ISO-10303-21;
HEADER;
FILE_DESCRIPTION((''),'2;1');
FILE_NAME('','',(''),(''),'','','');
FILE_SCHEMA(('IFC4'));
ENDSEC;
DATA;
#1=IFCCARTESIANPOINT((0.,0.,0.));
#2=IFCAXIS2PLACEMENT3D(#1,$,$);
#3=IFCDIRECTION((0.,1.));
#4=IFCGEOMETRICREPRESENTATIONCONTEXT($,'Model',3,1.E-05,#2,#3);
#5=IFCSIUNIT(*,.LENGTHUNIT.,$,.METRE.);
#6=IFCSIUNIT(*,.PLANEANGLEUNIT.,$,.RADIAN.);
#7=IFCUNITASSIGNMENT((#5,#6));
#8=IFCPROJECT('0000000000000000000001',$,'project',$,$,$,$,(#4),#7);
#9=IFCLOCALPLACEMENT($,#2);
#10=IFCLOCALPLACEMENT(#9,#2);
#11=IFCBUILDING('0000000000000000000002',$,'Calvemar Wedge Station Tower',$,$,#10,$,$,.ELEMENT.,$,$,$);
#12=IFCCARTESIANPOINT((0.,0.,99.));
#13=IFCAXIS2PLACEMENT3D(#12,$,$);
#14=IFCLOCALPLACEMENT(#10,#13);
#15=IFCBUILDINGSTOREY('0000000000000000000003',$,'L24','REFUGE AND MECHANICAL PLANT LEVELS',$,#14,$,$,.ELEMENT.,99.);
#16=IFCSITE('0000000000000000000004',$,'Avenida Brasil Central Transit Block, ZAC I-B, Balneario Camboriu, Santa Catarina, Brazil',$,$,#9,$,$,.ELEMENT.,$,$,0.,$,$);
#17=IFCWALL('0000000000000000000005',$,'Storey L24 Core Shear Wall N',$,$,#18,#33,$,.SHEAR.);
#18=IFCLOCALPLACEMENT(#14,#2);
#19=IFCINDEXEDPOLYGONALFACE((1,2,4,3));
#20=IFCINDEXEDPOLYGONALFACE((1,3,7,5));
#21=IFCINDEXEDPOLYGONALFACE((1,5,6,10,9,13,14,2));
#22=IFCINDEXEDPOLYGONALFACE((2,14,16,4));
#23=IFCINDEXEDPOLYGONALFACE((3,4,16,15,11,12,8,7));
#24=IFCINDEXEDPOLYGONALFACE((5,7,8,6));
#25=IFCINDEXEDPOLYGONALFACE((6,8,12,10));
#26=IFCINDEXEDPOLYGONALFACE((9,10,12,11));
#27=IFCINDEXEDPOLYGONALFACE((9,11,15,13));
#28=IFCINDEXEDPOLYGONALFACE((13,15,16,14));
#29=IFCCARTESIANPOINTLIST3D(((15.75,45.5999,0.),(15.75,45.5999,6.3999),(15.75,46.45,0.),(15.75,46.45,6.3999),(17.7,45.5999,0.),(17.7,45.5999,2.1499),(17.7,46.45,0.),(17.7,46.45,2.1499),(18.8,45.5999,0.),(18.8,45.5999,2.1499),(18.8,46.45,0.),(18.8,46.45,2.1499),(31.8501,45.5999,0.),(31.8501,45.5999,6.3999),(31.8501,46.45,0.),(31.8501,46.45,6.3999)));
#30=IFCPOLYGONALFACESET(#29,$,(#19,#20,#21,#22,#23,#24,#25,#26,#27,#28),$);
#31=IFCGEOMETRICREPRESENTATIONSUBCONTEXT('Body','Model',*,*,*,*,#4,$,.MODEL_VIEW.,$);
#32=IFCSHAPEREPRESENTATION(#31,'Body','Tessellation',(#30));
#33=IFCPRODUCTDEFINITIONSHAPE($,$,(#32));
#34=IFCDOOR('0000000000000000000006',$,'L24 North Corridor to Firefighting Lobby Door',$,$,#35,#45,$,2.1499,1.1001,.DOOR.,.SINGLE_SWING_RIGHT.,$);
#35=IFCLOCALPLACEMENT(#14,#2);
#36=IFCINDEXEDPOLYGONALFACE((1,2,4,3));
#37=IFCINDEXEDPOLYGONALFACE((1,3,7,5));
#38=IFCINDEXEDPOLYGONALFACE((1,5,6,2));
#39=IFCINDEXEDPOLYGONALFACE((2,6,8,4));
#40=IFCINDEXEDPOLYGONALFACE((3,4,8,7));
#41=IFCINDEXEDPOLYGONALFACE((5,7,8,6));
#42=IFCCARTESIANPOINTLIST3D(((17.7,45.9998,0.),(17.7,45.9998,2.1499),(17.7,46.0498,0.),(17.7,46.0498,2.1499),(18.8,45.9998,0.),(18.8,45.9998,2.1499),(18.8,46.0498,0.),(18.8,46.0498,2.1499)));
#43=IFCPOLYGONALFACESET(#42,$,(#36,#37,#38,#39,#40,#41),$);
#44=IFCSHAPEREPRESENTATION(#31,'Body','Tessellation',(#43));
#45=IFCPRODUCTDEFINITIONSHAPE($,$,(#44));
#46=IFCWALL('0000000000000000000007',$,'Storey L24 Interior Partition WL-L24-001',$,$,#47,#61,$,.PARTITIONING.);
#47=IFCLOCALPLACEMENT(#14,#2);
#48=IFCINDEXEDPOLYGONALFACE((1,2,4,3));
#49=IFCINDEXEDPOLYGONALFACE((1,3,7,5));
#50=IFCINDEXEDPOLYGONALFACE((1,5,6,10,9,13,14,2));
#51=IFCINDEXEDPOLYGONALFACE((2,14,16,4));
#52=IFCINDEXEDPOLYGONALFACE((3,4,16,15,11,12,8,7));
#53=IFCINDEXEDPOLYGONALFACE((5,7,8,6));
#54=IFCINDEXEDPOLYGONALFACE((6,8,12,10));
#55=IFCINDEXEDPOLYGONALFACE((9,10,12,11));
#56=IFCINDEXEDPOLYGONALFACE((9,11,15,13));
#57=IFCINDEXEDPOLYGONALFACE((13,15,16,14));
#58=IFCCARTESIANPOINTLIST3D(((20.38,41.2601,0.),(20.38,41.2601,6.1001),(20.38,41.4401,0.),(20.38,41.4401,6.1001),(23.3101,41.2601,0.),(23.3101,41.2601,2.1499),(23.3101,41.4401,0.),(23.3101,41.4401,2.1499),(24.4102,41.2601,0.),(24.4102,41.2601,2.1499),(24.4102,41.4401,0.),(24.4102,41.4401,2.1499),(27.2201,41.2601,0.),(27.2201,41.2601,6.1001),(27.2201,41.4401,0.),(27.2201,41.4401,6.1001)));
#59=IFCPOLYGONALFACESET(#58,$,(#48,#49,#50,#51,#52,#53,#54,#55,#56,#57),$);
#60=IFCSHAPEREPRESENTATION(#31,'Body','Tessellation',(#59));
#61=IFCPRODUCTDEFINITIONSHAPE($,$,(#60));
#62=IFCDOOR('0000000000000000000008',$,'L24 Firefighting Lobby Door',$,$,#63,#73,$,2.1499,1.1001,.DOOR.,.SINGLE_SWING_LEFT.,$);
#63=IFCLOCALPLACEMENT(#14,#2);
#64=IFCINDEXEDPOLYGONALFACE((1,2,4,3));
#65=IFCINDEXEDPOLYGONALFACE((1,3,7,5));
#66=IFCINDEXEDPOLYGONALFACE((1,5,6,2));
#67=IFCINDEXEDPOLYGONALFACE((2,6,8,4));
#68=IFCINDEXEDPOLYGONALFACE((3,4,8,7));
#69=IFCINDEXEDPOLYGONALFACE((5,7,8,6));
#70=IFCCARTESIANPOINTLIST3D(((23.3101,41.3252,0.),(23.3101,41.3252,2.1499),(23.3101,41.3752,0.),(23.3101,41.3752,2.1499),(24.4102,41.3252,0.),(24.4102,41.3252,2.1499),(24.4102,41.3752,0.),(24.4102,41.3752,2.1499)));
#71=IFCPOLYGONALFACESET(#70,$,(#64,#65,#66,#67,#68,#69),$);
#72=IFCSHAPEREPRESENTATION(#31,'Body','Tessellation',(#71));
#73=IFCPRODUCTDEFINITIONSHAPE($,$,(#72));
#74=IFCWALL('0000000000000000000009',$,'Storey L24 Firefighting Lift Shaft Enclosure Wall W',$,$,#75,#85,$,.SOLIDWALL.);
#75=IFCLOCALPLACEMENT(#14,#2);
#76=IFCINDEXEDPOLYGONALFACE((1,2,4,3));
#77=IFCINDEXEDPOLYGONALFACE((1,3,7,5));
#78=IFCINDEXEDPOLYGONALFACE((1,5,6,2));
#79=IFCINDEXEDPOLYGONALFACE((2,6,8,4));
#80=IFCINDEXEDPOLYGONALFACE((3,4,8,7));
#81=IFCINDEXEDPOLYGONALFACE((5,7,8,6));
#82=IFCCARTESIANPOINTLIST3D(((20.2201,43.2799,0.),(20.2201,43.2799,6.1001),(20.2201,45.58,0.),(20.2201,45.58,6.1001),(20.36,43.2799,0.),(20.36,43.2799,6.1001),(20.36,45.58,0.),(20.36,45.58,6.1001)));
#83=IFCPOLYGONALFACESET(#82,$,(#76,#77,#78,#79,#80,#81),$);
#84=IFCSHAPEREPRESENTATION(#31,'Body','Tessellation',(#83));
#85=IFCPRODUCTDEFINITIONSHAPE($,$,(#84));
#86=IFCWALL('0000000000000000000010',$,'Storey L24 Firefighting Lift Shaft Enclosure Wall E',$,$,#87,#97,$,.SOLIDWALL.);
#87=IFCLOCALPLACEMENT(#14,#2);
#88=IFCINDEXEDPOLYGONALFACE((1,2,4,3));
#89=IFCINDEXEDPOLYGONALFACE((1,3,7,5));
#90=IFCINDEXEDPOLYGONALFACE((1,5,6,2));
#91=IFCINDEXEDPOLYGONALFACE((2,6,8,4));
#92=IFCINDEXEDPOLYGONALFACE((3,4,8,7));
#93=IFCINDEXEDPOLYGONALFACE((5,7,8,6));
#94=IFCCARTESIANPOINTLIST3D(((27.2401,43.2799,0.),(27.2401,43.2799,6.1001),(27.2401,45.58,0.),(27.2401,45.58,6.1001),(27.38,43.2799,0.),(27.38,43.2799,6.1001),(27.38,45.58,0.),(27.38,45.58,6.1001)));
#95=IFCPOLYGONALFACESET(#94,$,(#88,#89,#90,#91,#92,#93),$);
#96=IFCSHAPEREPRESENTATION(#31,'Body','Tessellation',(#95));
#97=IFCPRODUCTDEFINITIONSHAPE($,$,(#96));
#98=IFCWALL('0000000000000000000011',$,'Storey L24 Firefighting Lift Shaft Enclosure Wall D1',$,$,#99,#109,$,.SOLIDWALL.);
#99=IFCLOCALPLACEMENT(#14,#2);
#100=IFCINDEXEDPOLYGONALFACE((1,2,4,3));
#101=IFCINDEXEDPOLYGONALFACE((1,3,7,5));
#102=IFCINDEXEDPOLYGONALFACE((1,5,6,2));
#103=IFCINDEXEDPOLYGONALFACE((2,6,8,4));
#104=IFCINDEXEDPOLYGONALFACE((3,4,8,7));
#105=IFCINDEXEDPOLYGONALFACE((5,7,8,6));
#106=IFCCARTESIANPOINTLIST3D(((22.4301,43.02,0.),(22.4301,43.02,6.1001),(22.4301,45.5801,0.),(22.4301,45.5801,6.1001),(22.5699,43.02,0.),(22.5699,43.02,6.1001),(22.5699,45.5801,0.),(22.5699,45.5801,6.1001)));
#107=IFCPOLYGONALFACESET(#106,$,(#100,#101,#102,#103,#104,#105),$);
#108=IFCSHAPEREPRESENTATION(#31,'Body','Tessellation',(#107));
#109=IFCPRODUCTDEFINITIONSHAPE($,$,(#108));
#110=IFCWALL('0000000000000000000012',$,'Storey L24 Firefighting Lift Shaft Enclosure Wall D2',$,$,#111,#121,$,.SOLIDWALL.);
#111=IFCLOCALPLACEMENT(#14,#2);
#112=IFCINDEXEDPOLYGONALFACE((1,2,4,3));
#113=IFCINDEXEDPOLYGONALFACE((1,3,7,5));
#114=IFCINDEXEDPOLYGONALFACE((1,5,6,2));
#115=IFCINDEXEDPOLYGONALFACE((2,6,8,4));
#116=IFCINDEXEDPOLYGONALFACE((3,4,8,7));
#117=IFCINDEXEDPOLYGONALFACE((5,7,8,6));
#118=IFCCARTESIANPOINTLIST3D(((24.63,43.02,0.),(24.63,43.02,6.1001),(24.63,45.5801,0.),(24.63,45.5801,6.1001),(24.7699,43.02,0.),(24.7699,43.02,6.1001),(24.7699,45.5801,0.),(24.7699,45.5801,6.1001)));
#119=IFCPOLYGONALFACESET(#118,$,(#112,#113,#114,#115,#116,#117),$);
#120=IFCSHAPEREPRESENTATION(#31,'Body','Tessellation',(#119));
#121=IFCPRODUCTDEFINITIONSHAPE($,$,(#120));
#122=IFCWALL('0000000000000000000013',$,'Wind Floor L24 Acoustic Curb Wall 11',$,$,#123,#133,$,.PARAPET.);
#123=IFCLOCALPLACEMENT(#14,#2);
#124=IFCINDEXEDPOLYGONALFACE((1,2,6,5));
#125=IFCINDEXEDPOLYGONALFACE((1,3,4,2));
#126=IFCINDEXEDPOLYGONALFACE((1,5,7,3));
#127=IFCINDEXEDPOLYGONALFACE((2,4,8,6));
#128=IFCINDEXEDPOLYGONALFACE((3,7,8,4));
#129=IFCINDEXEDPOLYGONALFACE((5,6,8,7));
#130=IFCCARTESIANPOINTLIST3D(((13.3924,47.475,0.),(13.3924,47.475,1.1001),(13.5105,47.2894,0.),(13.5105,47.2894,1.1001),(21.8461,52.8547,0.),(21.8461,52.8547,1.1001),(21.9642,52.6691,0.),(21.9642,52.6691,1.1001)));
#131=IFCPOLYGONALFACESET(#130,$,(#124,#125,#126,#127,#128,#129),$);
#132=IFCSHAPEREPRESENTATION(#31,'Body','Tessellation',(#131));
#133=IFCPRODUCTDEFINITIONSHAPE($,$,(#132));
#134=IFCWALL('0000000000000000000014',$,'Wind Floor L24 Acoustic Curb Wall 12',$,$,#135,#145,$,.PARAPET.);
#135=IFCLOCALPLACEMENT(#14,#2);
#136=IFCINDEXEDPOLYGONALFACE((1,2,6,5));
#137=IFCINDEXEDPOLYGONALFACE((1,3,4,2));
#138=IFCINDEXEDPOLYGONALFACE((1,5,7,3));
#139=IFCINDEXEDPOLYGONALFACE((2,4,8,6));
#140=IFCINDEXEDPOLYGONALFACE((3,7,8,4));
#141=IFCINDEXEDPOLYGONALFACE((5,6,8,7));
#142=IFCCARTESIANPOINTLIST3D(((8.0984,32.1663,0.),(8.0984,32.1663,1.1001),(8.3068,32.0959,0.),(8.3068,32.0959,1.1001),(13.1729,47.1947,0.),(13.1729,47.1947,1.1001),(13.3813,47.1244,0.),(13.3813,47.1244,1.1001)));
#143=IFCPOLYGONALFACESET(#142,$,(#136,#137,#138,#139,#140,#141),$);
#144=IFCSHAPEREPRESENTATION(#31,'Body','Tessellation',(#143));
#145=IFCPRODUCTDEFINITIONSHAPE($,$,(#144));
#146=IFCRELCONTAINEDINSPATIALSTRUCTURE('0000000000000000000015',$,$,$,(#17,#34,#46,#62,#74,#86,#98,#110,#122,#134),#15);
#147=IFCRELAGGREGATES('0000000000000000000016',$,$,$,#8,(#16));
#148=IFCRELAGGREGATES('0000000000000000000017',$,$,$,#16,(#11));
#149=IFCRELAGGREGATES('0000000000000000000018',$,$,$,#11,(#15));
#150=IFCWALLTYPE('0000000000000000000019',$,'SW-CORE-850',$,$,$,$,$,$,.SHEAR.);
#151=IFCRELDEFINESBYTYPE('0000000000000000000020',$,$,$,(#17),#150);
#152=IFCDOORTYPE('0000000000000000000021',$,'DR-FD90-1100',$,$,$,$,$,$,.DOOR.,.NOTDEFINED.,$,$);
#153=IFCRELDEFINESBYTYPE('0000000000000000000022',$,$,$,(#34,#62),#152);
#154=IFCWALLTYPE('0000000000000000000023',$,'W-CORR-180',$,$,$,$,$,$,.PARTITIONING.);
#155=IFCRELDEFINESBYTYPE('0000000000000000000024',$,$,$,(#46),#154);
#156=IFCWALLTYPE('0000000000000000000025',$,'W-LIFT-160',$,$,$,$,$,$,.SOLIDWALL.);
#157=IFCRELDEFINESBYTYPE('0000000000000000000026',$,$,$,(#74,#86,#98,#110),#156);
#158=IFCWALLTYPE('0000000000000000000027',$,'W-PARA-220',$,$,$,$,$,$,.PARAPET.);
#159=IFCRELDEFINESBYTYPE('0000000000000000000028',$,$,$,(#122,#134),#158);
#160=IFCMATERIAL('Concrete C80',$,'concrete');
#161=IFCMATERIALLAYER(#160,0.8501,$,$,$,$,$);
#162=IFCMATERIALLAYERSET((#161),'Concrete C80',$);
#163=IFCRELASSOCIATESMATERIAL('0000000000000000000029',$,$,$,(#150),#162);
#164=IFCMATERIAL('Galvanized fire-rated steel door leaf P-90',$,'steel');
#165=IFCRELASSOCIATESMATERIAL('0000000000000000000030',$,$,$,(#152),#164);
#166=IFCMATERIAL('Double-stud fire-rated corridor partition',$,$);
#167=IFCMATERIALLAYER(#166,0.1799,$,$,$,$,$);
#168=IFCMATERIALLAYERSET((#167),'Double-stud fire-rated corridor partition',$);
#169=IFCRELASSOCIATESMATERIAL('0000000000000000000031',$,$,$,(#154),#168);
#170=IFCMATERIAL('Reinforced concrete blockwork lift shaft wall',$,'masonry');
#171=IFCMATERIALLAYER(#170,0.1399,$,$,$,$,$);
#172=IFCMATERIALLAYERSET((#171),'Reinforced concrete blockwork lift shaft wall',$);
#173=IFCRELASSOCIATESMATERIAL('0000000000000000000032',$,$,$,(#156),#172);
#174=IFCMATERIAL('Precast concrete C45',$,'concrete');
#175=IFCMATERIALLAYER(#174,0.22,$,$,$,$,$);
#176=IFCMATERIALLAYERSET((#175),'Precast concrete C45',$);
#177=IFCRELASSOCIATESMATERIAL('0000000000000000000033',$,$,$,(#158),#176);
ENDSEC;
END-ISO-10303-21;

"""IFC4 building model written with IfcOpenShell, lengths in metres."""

from ifc_helpers import new_model, si_unit, direction, frame, frame_2d, origin, place, context, subcontext, project, spatial, rectangle, extrude, source, transform, mapped, material, layer, layer_set, type_object, element, fill, save


model = new_model("IFC4")

# Units and contexts
model_context = context("Model", 3, precision=1e-05, world=origin(), true_north=direction((0.0, 1.0)))
body_context = subcontext(model_context, "Body", "Model", "MODEL_VIEW")
ifc_project = project(units=[si_unit("LENGTHUNIT", "METRE"), si_unit("PLANEANGLEUNIT", "RADIAN")], contexts=[model_context])

# Site, building, storey
site_placement = place(None, origin())
site = spatial("IfcSite", under=ifc_project, at=site_placement, Name="Avenida Brasil Central Transit Block, ZAC I-B, Balneario Camboriu, Santa Catarina, Brazil", CompositionType="ELEMENT", RefElevation=0.0)
building_placement = place(site_placement, origin())
building = spatial("IfcBuilding", under=site, at=building_placement, Name="Calvemar Wedge Station Tower", CompositionType="ELEMENT")
storey_placement = place(building_placement, frame((0.0, 0.0, 99.0)))
storey = spatial("IfcBuildingStorey", under=building, at=storey_placement, Name="L24", Description="REFUGE AND MECHANICAL PLANT LEVELS", CompositionType="ELEMENT", Elevation=99.0)

# Walls, openings, doors
ifc_material_1 = material(Name="Concrete C80", Category="concrete")
ifc_layer_1 = layer(ifc_material_1, 0.8501)
ifc_layer_set_1 = layer_set([ifc_layer_1], Name="Concrete C80")
wall_type_1 = type_object("IfcWallType", Name="SW-CORE-850", PredefinedType="SHEAR", material=ifc_layer_set_1)
wall_1_placement = place(storey_placement, frame((15.75, 46.0249, 0.0), z_axis=(0.0, 0.0, 1.0), x_axis=(1.0, 0.0, 0.0)))
wall_1 = element("IfcWall", 1, at=wall_1_placement, inside=storey, type_object=wall_type_1, Name="Storey L24 Core Shear Wall N", PredefinedType="SHEAR", context=body_context, shape_type="SweptSolid", body=[
    extrude(rectangle(XDim=16.1001, YDim=0.8501, at=frame_2d((8.05, 0.0))), origin(), (0.0, 0.0, 1.0), 6.3999),
])
shared_shape_1 = source(origin(), body_context, "Body", "SweptSolid", [
    extrude(rectangle(XDim=1.1001, YDim=2.1499, at=frame_2d((0.55, 1.075))), frame((0.0, 0.4351, 0.0), z_axis=(0.0, -1.0, 0.0), x_axis=(1.0, 0.0, 0.0)), (0.0, 0.0, 1.0), 0.8701),
])
opening_1_placement = place(wall_1_placement, frame((1.95, 0.0, 0.0)))
opening_1 = element("IfcOpeningElement", 2, at=opening_1_placement, cuts=wall_1, PredefinedType="OPENING", context=body_context, shape_type="MappedRepresentation", body=[
    mapped(shared_shape_1, transform((0.0, 0.0, 0.0), scale=1.0)),
])
ifc_material_2 = material(Name="Galvanized fire-rated steel door leaf P-90", Category="steel")
door_type_1 = type_object("IfcDoorType", Name="DR-FD90-1100", OperationType="NOTDEFINED", PredefinedType="DOOR", material=ifc_material_2)
shared_shape_2 = source(origin(), body_context, "Body", "SweptSolid", [
    extrude(rectangle(XDim=1.1001, YDim=2.1499, at=frame_2d((0.55, 1.075))), frame((0.0, 0.0249, 0.0), z_axis=(0.0, -1.0, 0.0), x_axis=(1.0, 0.0, 0.0)), (0.0, 0.0, 1.0), 0.05),
])
door_1_placement = place(opening_1_placement, origin())
door_1 = element("IfcDoor", 3, at=door_1_placement, inside=storey, type_object=door_type_1, Name="L24 North Corridor to Firefighting Lobby Door", OperationType="SINGLE_SWING_RIGHT", OverallHeight=2.1499, OverallWidth=1.1001, PredefinedType="DOOR", context=body_context, shape_type="MappedRepresentation", body=[
    mapped(shared_shape_2, transform((0.0, 0.0, 0.0), scale=1.0)),
])
fill(opening_1, door_1)
ifc_material_3 = material(Name="Double-stud fire-rated corridor partition")
ifc_layer_2 = layer(ifc_material_3, 0.1799)
ifc_layer_set_2 = layer_set([ifc_layer_2], Name="Double-stud fire-rated corridor partition")
wall_type_2 = type_object("IfcWallType", Name="W-CORR-180", PredefinedType="PARTITIONING", material=ifc_layer_set_2)
wall_2_placement = place(storey_placement, frame((27.22, 41.3501, 0.0), z_axis=(0.0, 0.0, 1.0), x_axis=(-1.0, 0.0, 0.0)))
wall_2 = element("IfcWall", 4, at=wall_2_placement, inside=storey, type_object=wall_type_2, Name="Storey L24 Interior Partition WL-L24-001", PredefinedType="PARTITIONING", context=body_context, shape_type="SweptSolid", body=[
    extrude(rectangle(XDim=6.8401, YDim=0.1799, at=frame_2d((3.4199, 0.0))), origin(), (0.0, 0.0, 1.0), 6.1001),
])
shared_shape_3 = source(origin(), body_context, "Body", "SweptSolid", [
    extrude(rectangle(XDim=1.1001, YDim=2.1499, at=frame_2d((0.55, 1.075))), frame((0.0, 0.1001, 0.0), z_axis=(0.0, -1.0, 0.0), x_axis=(1.0, 0.0, 0.0)), (0.0, 0.0, 1.0), 0.2),
])
opening_2_placement = place(wall_2_placement, frame((2.8098, 0.0, 0.0)))
opening_2 = element("IfcOpeningElement", 5, at=opening_2_placement, cuts=wall_2, PredefinedType="OPENING", context=body_context, shape_type="MappedRepresentation", body=[
    mapped(shared_shape_3, transform((0.0, 0.0, 0.0), scale=1.0)),
])
door_2_placement = place(opening_2_placement, origin())
door_2 = element("IfcDoor", 6, at=door_2_placement, inside=storey, type_object=door_type_1, Name="L24 Firefighting Lobby Door", OperationType="SINGLE_SWING_LEFT", OverallHeight=2.1499, OverallWidth=1.1001, PredefinedType="DOOR", context=body_context, shape_type="MappedRepresentation", body=[
    mapped(shared_shape_2, transform((0.0, 0.0, 0.0), scale=1.0)),
])
fill(opening_2, door_2)

# Shared definitions
ifc_material_4 = material(Name="Reinforced concrete blockwork lift shaft wall", Category="masonry")
ifc_layer_3 = layer(ifc_material_4, 0.1399)
ifc_layer_set_3 = layer_set([ifc_layer_3], Name="Reinforced concrete blockwork lift shaft wall")
wall_type_3 = type_object("IfcWallType", Name="W-LIFT-160", PredefinedType="SOLIDWALL", material=ifc_layer_set_3)

# Walls
for number, where, z_axis, x_axis, name in (
    (7, (20.29, 43.28, 0.0), (0.0, 0.0, 1.0), (0.0, 1.0, 0.0), "Storey L24 Firefighting Lift Shaft Enclosure Wall W"),
    (8, (27.3101, 43.28, 0.0), (0.0, 0.0, 1.0), (0.0, 1.0, 0.0), "Storey L24 Firefighting Lift Shaft Enclosure Wall E"),
):
    element("IfcWall", number, at=place(storey_placement, frame(where, z_axis=z_axis, x_axis=x_axis)), inside=storey, type_object=wall_type_3, Name=name, PredefinedType="SOLIDWALL", context=body_context, shape_type="SweptSolid", body=[
        extrude(rectangle(XDim=2.3, YDim=0.1399, at=frame_2d((1.1499, 0.0))), origin(), (0.0, 0.0, 1.0), 6.1001),
    ])
for number, where, z_axis, x_axis, name in (
    (9, (22.5, 43.02, 0.0), (0.0, 0.0, 1.0), (0.0, 1.0, 0.0), "Storey L24 Firefighting Lift Shaft Enclosure Wall D1"),
    (10, (24.7, 43.02, 0.0), (0.0, 0.0, 1.0), (0.0, 1.0, 0.0), "Storey L24 Firefighting Lift Shaft Enclosure Wall D2"),
):
    element("IfcWall", number, at=place(storey_placement, frame(where, z_axis=z_axis, x_axis=x_axis)), inside=storey, type_object=wall_type_3, Name=name, PredefinedType="SOLIDWALL", context=body_context, shape_type="SweptSolid", body=[
        extrude(rectangle(XDim=2.5601, YDim=0.1399, at=frame_2d((1.28, 0.0))), origin(), (0.0, 0.0, 1.0), 6.1001),
    ])
ifc_material_5 = material(Name="Precast concrete C45", Category="concrete")
ifc_layer_4 = layer(ifc_material_5, 0.22)
ifc_layer_set_4 = layer_set([ifc_layer_4], Name="Precast concrete C45")
wall_type_4 = type_object("IfcWallType", Name="W-PARA-220", PredefinedType="PARAPET", material=ifc_layer_set_4)
wall_3_placement = place(storey_placement, frame((21.9053, 52.762, 0.0), z_axis=(0.0, 0.0, 1.0), x_axis=(-0.843658, -0.53688, 0.0)))
element("IfcWall", 11, at=wall_3_placement, inside=storey, type_object=wall_type_4, Name="Wind Floor L24 Acoustic Curb Wall 11", PredefinedType="PARAPET", context=body_context, shape_type="SweptSolid", body=[
    extrude(rectangle(XDim=10.0203, YDim=0.22, at=frame_2d((5.0103, 0.0))), origin(), (0.0, 0.0, 1.0), 1.1001),
])
wall_4_placement = place(storey_placement, frame((13.2771, 47.1597, 0.0), z_axis=(0.0, 0.0, 1.0), x_axis=(-0.31991, -0.947448, 0.0)))
element("IfcWall", 12, at=wall_4_placement, inside=storey, type_object=wall_type_4, Name="Wind Floor L24 Acoustic Curb Wall 12", PredefinedType="PARAPET", context=body_context, shape_type="SweptSolid", body=[
    extrude(rectangle(XDim=15.8621, YDim=0.22, at=frame_2d((7.9312, 0.0))), origin(), (0.0, 0.0, 1.0), 1.1001),
])

save(model, "model.ifc")
